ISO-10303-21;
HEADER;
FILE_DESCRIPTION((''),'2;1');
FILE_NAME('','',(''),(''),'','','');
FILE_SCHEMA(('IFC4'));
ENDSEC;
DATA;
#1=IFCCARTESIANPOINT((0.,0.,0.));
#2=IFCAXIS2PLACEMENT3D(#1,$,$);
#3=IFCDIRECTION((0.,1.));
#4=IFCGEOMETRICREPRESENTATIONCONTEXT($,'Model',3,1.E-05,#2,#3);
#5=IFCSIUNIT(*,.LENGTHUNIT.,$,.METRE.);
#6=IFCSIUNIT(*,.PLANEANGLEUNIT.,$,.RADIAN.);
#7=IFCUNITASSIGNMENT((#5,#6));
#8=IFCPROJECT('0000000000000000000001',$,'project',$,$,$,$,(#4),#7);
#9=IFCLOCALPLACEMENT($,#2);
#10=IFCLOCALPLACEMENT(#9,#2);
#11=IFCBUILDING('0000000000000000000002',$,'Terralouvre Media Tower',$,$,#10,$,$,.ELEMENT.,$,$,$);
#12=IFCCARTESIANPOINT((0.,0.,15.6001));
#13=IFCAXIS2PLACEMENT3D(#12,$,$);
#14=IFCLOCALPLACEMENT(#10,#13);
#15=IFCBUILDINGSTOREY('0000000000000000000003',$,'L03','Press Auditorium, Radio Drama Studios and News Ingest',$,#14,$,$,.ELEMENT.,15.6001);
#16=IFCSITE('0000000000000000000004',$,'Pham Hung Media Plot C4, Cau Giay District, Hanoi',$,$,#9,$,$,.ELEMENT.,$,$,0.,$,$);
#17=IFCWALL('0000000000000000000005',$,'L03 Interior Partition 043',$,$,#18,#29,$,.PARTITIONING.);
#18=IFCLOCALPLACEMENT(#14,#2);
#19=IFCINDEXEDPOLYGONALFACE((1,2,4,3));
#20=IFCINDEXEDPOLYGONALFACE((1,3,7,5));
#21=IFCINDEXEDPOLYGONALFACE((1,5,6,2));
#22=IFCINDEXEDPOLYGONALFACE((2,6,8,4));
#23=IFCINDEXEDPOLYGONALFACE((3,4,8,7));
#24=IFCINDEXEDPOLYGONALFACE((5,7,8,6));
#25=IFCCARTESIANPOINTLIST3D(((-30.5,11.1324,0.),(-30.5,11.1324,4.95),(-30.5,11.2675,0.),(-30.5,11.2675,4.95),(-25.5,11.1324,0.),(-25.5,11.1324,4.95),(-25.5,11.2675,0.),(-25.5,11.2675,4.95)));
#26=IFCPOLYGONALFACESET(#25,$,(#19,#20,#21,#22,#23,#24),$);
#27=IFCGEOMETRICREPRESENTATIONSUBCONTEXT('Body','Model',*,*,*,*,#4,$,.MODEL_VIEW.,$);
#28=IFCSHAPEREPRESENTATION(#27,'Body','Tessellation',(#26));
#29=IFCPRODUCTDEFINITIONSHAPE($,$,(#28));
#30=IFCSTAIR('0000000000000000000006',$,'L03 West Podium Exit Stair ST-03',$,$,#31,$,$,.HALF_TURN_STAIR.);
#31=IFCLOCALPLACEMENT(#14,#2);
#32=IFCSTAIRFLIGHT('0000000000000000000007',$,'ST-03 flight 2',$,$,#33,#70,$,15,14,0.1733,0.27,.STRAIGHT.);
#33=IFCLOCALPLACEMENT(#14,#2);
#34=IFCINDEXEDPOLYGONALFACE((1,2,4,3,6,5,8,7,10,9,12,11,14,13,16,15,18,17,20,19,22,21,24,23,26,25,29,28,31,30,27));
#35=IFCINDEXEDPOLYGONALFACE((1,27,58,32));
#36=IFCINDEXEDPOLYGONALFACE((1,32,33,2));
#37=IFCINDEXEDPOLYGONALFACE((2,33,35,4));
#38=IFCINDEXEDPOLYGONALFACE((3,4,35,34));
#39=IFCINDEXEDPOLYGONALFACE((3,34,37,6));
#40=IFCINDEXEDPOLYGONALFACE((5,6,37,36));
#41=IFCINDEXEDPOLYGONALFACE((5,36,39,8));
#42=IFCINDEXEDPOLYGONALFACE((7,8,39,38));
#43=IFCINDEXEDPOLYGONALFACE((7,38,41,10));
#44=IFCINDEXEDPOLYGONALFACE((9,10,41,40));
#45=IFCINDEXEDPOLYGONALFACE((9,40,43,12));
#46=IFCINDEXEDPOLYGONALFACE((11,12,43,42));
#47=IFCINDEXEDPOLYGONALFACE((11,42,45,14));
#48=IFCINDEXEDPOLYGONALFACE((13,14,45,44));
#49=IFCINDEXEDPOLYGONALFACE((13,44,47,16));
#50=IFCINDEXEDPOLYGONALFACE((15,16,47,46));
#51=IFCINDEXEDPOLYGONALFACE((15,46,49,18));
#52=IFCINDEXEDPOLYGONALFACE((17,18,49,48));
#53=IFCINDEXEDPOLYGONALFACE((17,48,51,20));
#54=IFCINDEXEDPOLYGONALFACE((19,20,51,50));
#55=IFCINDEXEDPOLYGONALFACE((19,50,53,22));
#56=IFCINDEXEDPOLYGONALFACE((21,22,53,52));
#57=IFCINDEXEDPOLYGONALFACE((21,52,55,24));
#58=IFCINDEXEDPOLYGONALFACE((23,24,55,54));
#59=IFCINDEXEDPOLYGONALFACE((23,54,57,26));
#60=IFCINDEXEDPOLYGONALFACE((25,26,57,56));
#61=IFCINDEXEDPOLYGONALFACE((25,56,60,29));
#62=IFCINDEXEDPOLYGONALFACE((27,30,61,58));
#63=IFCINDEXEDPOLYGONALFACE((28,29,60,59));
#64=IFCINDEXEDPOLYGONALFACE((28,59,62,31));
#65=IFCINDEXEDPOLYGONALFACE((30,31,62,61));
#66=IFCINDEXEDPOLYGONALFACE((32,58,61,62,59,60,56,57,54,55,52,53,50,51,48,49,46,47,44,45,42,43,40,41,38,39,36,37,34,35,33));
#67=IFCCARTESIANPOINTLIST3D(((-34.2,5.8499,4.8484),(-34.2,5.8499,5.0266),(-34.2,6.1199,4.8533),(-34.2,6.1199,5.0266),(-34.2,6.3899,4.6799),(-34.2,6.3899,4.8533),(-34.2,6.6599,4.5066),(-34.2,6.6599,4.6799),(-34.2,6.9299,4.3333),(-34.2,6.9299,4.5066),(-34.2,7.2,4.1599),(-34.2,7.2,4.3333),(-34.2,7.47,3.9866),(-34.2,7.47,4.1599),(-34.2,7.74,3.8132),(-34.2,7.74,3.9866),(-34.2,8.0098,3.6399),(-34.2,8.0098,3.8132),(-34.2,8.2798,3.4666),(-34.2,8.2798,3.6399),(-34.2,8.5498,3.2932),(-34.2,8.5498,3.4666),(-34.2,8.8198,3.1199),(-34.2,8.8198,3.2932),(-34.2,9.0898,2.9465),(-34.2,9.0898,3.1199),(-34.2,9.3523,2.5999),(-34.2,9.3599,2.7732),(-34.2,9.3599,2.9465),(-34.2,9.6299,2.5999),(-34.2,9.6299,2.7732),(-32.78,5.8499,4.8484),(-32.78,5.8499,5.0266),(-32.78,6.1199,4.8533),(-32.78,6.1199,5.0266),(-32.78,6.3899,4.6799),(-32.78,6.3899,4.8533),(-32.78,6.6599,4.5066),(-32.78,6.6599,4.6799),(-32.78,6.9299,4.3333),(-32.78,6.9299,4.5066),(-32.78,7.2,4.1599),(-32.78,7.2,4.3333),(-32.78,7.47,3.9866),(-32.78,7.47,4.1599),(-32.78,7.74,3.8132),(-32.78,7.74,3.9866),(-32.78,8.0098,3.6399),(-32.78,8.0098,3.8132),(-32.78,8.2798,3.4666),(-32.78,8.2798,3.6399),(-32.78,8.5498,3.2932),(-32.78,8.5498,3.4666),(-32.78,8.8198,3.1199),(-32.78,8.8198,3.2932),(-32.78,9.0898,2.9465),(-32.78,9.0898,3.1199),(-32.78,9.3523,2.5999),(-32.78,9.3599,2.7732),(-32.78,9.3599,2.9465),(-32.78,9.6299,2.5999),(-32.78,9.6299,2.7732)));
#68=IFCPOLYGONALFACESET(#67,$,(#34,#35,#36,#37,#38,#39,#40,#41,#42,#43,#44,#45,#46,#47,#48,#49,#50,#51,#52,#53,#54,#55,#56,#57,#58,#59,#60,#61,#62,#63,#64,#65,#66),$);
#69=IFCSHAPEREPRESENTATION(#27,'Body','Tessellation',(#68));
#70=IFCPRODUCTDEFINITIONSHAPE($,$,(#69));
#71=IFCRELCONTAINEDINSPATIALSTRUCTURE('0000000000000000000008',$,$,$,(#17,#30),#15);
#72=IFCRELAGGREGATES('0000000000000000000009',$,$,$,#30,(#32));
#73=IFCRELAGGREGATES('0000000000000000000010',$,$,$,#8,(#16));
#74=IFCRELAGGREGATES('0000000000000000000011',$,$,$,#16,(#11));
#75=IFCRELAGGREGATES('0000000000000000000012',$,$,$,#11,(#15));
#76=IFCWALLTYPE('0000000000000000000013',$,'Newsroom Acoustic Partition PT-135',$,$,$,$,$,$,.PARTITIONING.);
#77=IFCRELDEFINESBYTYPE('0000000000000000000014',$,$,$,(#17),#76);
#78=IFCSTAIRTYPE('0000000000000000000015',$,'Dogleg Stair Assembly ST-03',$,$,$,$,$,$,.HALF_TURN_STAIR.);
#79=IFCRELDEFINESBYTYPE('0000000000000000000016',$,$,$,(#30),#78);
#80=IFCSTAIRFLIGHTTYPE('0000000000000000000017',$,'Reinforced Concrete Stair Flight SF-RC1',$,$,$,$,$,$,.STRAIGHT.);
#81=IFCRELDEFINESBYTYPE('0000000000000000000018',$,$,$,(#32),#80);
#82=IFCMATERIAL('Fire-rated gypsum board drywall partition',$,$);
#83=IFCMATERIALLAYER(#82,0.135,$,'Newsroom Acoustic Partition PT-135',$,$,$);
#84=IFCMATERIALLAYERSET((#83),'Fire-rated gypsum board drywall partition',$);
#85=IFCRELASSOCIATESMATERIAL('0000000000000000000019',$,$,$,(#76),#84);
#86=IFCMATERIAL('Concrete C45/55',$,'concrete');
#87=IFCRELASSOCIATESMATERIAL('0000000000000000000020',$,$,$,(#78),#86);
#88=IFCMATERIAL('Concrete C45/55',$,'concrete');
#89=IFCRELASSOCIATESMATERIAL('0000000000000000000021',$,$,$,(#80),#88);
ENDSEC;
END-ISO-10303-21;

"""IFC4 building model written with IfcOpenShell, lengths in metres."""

from ifc_helpers import new_model, si_unit, direction, frame, frame_2d, origin, place, context, subcontext, project, spatial, polyline, rectangle, outline, extrude, material, layer, layer_set, type_object, element, aggregate, save


model = new_model("IFC4")

# Units and contexts
model_context = context("Model", 3, precision=1e-05, world=origin(), true_north=direction((0.0, 1.0)))
body_context = subcontext(model_context, "Body", "Model", "MODEL_VIEW")
ifc_project = project(units=[si_unit("LENGTHUNIT", "METRE"), si_unit("PLANEANGLEUNIT", "RADIAN")], contexts=[model_context])

# Site, building, storey
site_placement = place(None, origin())
site = spatial("IfcSite", under=ifc_project, at=site_placement, Name="Pham Hung Media Plot C4, Cau Giay District, Hanoi", CompositionType="ELEMENT", RefElevation=0.0)
building_placement = place(site_placement, origin())
building = spatial("IfcBuilding", under=site, at=building_placement, Name="Terralouvre Media Tower", CompositionType="ELEMENT")
storey_placement = place(building_placement, frame((0.0, 0.0, 15.6001)))
storey = spatial("IfcBuildingStorey", under=building, at=storey_placement, Name="L03", Description="Press Auditorium, Radio Drama Studios and News Ingest", CompositionType="ELEMENT", Elevation=15.6001)

# Shared definitions
ifc_material_1 = material(Name="Fire-rated gypsum board drywall partition")
ifc_layer_1 = layer(ifc_material_1, 0.135, Name="Newsroom Acoustic Partition PT-135")
ifc_layer_set_1 = layer_set([ifc_layer_1], Name="Fire-rated gypsum board drywall partition")
wall_type_1 = type_object("IfcWallType", Name="Newsroom Acoustic Partition PT-135", PredefinedType="PARTITIONING", material=ifc_layer_set_1)

# Wall
wall_1_placement = place(storey_placement, frame((-30.5, 11.2, 0.0), z_axis=(0.0, 0.0, 1.0), x_axis=(1.0, 0.0, 0.0)))
element("IfcWall", 1, at=wall_1_placement, inside=storey, type_object=wall_type_1, Name="L03 Interior Partition 043", PredefinedType="PARTITIONING", context=body_context, shape_type="SweptSolid", body=[
    extrude(rectangle(XDim=5.0, YDim=0.135, at=frame_2d((2.5, 0.0))), origin(), (0.0, 0.0, 1.0), 4.95),
])

# Stair, stair flight
ifc_material_2 = material(Name="Concrete C45/55", Category="concrete")
stair_type = type_object("IfcStairType", Name="Dogleg Stair Assembly ST-03", PredefinedType="HALF_TURN_STAIR", material=ifc_material_2)
stair_placement = place(storey_placement, origin())
stair = element("IfcStair", 2, at=stair_placement, inside=storey, type_object=stair_type, Name="L03 West Podium Exit Stair ST-03", PredefinedType="HALF_TURN_STAIR")
ifc_material_3 = material(Name="Concrete C45/55", Category="concrete")
stair_flight_type = type_object("IfcStairFlightType", Name="Reinforced Concrete Stair Flight SF-RC1", PredefinedType="STRAIGHT", material=ifc_material_3)
stair_flight_placement = place(storey_placement, frame((-33.49, 9.6299, 2.5999), z_axis=(0.0, 0.0, 1.0), x_axis=(0.0, -1.0, 0.0)))
stair_flight = element("IfcStairFlight", 3, at=stair_flight_placement, type_object=stair_flight_type, Name="ST-03 flight 2", NumberOfRisers=15, NumberOfTreads=14, PredefinedType="STRAIGHT", RiserHeight=0.1733, TreadLength=0.27, context=body_context, shape_type="SweptSolid", body=[
    extrude(outline(polyline([(0.0, 0.0), (0.0, 0.1733), (0.27, 0.1733), (0.27, 0.3467), (0.54, 0.3467), (0.54, 0.52), (0.8101, 0.52), (0.8101, 0.6934), (1.0801, 0.6934), (1.0801, 0.8667), (1.3501, 0.8667), (1.3501, 1.04), (1.6201, 1.04), (1.6201, 1.2134), (1.8899, 1.2134), (1.8899, 1.3867), (2.1599, 1.3867), (2.1599, 1.5601), (2.4299, 1.5601), (2.4299, 1.7334), (2.7, 1.7334), (2.7, 1.9067), (2.97, 1.9067), (2.97, 2.0801), (3.24, 2.0801), (3.24, 2.2534), (3.51, 2.2534), (3.51, 2.4268), (3.78, 2.4268), (3.78, 2.6001), (3.78, 2.2485), (0.2776, 0.0), (0.0, 0.0)])), frame((0.0, 0.71, 0.0), z_axis=(0.0, -1.0, 0.0), x_axis=(1.0, 0.0, 0.0)), (0.0, 0.0, 1.0), 1.4199),
])
aggregate(stair, [stair_flight])

save(model, "model.ifc")
